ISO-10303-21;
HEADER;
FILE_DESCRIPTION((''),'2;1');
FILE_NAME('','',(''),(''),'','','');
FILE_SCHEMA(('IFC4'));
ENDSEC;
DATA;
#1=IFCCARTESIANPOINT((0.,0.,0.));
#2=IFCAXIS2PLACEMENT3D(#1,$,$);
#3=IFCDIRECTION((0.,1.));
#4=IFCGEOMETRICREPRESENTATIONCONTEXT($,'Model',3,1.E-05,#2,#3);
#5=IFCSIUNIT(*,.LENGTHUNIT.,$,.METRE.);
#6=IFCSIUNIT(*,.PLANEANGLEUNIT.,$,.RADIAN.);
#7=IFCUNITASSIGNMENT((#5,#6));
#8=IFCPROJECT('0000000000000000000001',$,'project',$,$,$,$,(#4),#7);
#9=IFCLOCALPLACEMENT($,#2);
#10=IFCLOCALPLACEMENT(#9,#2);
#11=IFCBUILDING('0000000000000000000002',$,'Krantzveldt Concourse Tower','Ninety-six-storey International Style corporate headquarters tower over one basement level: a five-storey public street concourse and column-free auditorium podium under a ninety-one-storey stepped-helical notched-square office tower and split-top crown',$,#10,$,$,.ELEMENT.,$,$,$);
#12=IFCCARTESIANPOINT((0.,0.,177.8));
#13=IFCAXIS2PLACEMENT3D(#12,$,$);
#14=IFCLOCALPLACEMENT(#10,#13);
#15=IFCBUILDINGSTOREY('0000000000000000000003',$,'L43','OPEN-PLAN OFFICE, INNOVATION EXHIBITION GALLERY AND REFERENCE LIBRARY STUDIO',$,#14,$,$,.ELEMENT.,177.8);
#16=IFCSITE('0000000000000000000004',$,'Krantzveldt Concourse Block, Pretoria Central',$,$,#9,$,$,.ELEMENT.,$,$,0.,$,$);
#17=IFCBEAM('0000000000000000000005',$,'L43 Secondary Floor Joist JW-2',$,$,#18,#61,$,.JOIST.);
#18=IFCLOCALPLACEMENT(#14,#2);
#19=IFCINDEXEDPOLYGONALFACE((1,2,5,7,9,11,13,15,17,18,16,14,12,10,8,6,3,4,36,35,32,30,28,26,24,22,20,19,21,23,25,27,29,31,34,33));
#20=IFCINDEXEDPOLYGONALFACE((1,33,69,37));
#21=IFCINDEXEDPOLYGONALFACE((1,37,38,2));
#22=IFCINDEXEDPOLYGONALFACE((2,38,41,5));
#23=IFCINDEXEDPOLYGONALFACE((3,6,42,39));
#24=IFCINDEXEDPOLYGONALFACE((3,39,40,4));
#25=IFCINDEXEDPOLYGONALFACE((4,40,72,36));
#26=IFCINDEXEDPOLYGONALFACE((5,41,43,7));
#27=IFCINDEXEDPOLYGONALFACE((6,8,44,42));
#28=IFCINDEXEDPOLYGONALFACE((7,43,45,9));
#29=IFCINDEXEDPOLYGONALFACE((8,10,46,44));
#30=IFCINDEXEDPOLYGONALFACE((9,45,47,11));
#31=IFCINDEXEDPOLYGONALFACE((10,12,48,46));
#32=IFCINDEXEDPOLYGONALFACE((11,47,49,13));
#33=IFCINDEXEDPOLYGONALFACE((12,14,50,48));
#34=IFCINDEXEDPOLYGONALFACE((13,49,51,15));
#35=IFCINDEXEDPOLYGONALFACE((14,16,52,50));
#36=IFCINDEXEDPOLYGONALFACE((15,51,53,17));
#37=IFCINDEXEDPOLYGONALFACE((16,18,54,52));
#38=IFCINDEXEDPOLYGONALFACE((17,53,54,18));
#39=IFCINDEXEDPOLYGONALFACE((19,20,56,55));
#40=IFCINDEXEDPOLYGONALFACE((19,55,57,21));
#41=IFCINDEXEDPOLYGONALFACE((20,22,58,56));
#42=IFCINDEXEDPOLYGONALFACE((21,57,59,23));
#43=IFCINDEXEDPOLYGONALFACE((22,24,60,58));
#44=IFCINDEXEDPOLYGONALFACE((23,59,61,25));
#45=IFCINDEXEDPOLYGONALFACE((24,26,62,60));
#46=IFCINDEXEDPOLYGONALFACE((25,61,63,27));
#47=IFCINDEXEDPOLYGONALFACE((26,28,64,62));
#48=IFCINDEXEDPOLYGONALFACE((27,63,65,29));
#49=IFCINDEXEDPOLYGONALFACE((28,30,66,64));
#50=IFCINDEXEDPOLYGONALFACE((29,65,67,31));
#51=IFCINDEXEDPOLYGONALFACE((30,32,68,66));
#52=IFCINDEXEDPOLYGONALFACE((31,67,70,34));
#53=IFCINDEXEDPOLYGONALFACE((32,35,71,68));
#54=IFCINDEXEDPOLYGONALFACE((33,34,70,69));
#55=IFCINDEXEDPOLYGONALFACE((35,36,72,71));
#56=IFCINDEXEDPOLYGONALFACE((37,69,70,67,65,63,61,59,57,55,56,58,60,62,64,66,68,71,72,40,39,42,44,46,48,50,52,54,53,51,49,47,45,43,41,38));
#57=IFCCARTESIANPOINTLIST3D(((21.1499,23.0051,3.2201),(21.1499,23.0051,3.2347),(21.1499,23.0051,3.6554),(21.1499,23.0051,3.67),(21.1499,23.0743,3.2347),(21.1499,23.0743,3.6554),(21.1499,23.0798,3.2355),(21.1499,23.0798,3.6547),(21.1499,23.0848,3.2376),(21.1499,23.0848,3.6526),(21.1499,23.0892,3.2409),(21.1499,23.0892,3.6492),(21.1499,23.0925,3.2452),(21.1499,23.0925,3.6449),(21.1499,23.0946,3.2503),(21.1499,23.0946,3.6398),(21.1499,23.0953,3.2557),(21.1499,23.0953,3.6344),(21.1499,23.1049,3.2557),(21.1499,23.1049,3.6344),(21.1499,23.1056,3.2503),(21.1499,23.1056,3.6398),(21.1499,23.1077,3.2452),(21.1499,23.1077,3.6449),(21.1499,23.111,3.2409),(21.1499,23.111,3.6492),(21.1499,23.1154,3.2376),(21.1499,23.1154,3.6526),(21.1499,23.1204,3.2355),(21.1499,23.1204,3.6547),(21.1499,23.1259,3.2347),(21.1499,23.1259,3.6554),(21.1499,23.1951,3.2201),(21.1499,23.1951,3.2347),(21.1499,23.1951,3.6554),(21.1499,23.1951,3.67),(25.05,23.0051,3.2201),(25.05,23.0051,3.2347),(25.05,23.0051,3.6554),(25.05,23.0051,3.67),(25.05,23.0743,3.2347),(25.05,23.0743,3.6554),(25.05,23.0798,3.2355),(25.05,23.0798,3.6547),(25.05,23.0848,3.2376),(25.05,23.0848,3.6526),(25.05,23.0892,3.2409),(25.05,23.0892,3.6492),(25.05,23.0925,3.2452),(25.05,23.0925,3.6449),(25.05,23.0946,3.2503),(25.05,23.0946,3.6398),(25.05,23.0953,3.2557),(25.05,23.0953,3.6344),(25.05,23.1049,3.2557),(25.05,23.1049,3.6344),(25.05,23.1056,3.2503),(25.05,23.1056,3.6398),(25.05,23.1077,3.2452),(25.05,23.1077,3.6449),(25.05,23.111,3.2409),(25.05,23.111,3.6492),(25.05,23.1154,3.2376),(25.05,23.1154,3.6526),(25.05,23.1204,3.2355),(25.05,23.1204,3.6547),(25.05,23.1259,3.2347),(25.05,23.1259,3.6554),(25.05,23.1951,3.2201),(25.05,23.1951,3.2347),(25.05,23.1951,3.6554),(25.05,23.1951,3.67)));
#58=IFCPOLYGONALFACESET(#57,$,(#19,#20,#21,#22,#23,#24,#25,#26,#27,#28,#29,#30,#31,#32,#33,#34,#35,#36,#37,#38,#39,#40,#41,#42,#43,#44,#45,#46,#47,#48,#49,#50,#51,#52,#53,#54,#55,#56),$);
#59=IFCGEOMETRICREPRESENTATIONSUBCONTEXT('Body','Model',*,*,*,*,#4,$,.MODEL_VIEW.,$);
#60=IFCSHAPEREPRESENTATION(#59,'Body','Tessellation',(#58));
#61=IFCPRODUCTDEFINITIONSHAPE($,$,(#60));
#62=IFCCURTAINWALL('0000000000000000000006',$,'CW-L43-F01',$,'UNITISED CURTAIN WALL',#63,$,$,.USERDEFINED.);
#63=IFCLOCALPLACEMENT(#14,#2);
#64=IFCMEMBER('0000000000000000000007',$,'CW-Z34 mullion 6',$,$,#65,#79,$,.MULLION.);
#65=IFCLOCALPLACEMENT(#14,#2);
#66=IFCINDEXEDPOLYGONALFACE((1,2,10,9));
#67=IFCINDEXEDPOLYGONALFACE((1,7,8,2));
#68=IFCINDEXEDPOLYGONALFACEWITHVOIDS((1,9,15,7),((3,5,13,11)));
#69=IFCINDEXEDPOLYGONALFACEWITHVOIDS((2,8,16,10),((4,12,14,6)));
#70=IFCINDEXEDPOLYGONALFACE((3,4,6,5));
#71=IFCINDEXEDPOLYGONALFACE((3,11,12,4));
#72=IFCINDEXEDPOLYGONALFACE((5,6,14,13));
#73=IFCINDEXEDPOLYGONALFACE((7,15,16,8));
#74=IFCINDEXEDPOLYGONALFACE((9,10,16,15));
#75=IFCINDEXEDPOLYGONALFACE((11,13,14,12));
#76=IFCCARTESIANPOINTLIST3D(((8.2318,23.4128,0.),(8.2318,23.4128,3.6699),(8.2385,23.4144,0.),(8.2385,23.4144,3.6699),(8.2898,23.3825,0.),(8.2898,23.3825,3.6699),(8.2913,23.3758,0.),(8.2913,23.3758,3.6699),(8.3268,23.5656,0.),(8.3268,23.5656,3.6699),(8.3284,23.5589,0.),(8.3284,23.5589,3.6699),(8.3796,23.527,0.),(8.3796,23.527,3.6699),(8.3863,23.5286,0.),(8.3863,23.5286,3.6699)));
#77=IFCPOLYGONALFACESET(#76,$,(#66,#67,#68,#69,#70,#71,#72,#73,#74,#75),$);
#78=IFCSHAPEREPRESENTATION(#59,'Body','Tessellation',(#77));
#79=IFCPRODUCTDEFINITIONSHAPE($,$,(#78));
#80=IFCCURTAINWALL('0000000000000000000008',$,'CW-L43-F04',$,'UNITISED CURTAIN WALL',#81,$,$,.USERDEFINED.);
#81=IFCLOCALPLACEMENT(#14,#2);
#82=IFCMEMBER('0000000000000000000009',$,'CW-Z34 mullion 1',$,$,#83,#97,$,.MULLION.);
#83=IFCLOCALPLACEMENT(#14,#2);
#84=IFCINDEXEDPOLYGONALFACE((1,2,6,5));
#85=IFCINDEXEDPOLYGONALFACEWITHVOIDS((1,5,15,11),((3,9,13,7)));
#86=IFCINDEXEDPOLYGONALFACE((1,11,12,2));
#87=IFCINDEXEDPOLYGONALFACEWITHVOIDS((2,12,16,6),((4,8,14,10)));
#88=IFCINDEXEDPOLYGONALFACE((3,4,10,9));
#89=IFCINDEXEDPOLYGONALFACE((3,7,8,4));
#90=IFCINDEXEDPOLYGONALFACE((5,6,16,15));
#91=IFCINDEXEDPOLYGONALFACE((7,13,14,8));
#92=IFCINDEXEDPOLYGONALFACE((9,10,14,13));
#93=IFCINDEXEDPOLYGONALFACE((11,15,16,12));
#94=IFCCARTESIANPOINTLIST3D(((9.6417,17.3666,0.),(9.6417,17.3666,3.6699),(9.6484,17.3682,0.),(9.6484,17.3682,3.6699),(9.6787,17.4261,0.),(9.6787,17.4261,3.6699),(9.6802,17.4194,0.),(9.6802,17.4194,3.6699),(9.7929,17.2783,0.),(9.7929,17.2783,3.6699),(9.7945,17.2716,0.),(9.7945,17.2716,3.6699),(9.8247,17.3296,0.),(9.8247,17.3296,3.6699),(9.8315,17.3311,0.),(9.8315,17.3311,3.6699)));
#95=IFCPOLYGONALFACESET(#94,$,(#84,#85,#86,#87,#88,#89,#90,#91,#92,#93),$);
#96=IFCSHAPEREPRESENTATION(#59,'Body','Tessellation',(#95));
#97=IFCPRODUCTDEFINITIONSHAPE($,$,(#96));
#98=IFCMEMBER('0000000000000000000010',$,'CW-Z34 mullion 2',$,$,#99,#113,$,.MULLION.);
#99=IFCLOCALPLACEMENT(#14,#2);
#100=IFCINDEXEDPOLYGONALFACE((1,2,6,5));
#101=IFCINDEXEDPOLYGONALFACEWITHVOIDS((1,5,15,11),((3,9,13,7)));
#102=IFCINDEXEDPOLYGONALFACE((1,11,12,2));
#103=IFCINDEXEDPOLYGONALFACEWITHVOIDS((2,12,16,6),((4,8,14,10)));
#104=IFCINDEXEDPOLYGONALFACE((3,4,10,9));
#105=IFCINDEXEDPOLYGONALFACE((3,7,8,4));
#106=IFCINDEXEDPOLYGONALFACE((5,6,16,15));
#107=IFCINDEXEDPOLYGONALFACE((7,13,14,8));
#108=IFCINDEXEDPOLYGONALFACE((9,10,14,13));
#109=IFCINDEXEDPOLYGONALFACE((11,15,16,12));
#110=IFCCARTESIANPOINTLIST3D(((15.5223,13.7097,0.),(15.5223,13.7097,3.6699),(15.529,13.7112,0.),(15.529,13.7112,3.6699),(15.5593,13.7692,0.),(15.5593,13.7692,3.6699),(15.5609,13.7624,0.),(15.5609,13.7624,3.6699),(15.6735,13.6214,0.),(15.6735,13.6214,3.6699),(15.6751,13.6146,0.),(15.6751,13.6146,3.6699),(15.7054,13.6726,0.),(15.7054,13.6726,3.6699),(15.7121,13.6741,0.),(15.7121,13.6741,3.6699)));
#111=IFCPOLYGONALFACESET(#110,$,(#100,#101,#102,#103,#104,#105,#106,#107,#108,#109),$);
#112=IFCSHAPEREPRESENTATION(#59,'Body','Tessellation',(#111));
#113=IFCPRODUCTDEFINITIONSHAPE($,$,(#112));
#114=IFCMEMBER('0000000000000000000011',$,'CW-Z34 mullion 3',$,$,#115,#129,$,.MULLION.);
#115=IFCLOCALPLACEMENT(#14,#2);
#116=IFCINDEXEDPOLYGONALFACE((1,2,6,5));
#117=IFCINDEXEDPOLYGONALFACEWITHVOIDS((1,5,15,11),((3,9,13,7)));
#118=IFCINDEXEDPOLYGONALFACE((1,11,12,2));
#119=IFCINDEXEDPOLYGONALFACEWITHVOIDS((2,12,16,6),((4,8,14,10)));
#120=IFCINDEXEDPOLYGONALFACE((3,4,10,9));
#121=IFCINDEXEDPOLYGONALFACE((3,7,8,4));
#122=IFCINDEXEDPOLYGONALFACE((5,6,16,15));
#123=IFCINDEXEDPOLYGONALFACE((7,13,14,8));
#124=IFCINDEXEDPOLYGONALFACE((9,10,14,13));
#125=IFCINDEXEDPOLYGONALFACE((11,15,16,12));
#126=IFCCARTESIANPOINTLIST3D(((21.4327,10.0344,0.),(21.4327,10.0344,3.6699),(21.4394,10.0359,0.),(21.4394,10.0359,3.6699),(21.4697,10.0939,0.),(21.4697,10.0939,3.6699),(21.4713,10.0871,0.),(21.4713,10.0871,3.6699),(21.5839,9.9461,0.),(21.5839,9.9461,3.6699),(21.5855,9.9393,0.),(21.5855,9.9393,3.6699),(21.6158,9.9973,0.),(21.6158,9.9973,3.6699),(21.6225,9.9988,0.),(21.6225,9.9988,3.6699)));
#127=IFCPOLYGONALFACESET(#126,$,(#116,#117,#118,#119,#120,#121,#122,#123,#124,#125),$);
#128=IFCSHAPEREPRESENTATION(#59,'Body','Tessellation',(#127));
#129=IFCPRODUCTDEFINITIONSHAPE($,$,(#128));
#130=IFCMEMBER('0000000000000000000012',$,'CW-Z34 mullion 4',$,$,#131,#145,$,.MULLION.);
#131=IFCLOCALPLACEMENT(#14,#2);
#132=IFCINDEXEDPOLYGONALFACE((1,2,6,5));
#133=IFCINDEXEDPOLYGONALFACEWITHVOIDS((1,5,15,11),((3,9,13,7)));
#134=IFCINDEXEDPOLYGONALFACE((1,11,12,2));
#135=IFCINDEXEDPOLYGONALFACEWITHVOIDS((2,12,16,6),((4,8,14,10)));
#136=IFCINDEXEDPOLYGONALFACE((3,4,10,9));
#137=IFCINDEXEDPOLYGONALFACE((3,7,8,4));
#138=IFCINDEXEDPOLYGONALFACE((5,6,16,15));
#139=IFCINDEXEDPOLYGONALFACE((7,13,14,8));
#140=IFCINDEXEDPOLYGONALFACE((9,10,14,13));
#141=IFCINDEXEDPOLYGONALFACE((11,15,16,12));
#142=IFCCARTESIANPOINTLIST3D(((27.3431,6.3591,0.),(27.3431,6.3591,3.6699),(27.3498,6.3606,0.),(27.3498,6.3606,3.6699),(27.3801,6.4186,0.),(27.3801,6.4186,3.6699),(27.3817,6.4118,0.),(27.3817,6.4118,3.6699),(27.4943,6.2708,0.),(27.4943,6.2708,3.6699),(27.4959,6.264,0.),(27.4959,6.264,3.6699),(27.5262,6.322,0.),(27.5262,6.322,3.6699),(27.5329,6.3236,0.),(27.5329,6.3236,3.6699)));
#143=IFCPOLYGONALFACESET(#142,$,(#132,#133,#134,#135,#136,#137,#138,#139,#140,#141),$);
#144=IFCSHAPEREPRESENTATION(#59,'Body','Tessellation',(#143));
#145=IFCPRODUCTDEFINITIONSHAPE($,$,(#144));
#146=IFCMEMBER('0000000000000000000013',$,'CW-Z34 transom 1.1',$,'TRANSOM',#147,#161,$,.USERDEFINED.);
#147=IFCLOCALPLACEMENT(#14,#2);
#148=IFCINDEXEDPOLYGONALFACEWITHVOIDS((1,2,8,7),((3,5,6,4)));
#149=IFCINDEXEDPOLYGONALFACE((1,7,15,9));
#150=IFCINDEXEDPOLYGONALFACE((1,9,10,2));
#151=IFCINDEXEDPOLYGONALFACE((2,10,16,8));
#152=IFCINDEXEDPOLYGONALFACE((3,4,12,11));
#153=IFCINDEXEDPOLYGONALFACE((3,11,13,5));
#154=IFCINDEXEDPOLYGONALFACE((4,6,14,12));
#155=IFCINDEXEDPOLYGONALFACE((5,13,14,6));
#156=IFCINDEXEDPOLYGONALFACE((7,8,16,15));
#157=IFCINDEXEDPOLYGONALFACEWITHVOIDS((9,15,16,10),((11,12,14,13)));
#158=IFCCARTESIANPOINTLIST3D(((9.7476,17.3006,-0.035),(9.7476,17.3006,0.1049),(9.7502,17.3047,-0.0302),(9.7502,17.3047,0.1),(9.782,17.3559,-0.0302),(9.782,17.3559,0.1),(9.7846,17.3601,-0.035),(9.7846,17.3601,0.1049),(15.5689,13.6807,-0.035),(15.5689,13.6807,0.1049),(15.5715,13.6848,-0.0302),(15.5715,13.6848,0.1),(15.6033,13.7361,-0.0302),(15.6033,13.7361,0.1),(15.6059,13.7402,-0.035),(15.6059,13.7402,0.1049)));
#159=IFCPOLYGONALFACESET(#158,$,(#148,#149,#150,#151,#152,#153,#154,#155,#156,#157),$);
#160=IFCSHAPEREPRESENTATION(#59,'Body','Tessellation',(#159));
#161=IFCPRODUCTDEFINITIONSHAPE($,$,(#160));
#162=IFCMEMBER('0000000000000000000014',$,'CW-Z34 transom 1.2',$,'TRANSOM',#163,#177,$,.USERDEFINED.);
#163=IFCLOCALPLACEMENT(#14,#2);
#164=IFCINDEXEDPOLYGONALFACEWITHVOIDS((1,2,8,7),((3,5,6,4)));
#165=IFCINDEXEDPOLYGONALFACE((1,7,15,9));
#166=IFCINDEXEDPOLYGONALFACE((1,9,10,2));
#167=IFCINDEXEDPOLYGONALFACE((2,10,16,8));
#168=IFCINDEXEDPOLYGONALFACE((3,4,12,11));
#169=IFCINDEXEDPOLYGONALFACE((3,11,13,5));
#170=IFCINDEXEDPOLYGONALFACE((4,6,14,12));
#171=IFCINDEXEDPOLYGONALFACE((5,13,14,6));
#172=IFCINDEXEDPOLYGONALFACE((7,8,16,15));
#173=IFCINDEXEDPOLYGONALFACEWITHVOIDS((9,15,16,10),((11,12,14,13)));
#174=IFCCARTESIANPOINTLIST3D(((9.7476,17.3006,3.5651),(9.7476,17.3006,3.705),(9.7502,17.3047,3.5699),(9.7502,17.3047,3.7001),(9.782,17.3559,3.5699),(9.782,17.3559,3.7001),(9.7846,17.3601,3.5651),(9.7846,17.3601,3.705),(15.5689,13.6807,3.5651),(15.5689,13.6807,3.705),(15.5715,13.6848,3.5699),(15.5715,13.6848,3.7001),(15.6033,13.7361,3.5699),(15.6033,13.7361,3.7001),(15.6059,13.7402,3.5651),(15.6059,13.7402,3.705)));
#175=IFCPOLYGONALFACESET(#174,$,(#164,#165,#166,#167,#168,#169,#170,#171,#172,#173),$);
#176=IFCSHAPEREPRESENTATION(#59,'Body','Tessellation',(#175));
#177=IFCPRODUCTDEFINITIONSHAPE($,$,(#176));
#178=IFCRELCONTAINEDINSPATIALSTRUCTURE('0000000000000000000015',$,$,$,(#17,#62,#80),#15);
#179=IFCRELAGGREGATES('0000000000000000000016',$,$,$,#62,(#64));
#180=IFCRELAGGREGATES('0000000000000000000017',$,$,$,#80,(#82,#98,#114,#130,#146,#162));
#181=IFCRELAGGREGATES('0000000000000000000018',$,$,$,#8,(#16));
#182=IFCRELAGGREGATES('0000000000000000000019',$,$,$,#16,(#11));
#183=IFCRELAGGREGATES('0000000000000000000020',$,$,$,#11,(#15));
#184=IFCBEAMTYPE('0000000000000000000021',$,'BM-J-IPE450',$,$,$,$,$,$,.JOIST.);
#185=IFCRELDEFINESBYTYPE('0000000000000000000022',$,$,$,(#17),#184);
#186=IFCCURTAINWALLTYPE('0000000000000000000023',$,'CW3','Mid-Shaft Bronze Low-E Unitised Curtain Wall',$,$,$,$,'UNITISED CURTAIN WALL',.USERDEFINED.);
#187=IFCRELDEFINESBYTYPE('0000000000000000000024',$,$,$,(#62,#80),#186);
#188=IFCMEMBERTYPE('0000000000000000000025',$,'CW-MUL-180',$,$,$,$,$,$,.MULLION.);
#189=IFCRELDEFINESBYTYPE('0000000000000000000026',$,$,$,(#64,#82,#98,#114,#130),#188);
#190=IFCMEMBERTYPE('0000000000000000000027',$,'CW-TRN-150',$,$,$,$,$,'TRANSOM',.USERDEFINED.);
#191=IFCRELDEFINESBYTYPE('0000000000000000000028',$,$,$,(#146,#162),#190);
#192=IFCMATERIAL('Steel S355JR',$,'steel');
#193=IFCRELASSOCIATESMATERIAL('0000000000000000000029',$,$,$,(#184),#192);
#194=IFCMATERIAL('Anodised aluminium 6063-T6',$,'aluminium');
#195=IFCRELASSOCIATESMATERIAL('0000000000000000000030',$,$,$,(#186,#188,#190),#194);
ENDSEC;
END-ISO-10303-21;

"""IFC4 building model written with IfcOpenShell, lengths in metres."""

from ifc_helpers import new_model, si_unit, direction, frame, origin, origin_2d, place, context, subcontext, project, spatial, hollow_rectangle, i_section, extrude, source, transform, mapped, material, material_profile, profile_set, type_object, type_shapes, element, aggregate, save


model = new_model("IFC4")

# Units and contexts
model_context = context("Model", 3, precision=1e-05, world=origin(), true_north=direction((0.0, 1.0)))
body_context = subcontext(model_context, "Body", "Model", "MODEL_VIEW")
ifc_project = project(units=[si_unit("LENGTHUNIT", "METRE"), si_unit("PLANEANGLEUNIT", "RADIAN")], contexts=[model_context])

# Site, building, storey
site_placement = place(None, origin())
site = spatial("IfcSite", under=ifc_project, at=site_placement, Name="Krantzveldt Concourse Block, Pretoria Central", CompositionType="ELEMENT", RefElevation=0.0)
building_placement = place(site_placement, origin())
building = spatial("IfcBuilding", under=site, at=building_placement, Name="Krantzveldt Concourse Tower", Description="Ninety-six-storey International Style corporate headquarters tower over one basement level: a five-storey public street concourse and column-free auditorium podium under a ninety-one-storey stepped-helical notched-square office tower and split-top crown", CompositionType="ELEMENT")
storey_placement = place(building_placement, frame((0.0, 0.0, 177.8)))
storey = spatial("IfcBuildingStorey", under=building, at=storey_placement, Name="L43", Description="OPEN-PLAN OFFICE, INNOVATION EXHIBITION GALLERY AND REFERENCE LIBRARY STUDIO", CompositionType="ELEMENT", Elevation=177.8)

# Beam
ifc_material_1 = material(Name="Steel S355JR", Category="steel")
ifc_material_profile_1 = material_profile(ifc_material_1, i_section(OverallWidth=0.1899, OverallDepth=0.45, WebThickness=0.0095, FlangeThickness=0.0146, FilletRadius=0.021, at=origin_2d()), Name="Steel S355JR", Category="steel")
ifc_profile_set_1 = profile_set([ifc_material_profile_1], Name="Steel S355JR - IPE 450")
beam_type_1 = type_object("IfcBeamType", Name="BM-J-IPE450", PredefinedType="JOIST", material=ifc_profile_set_1)
shared_shape_1 = source(origin(), body_context, "Body", "SweptSolid", [
    extrude(i_section(OverallWidth=0.1899, OverallDepth=0.45, WebThickness=0.0095, FlangeThickness=0.0146, FilletRadius=0.021, at=origin_2d()), origin(), (0.0, 0.0, 1.0), 3.9001),
])
type_shapes(beam_type_1, [shared_shape_1])
for number, where, z_axis, x_axis, name in (
    (1, (21.1499, 23.1001, 3.4451), (1.0, 0.0, 0.0), (0.0, 1.0, 0.0), "L43 Secondary Floor Joist JW-2"),
):
    element("IfcBeam", number, at=place(storey_placement, frame(where, z_axis=z_axis, x_axis=x_axis)), inside=storey, type_object=beam_type_1, Name=name, PredefinedType="JOIST", context=body_context, shape_type="MappedRepresentation", body=[
        mapped(shared_shape_1, transform((0.0, 0.0, 0.0), x_axis=(1.0, 0.0, 0.0), y_axis=(0.0, 1.0, 0.0), z_axis=(0.0, 0.0, 1.0), scale=1.0)),
    ])

# Curtain wall, member
ifc_material_2 = material(Name="Anodised aluminium 6063-T6", Category="aluminium")
curtain_wall_type = type_object("IfcCurtainWallType", Name="CW3", Description="Mid-Shaft Bronze Low-E Unitised Curtain Wall", ElementType="UNITISED CURTAIN WALL", PredefinedType="USERDEFINED", material=ifc_material_2)
curtain_wall_1_placement = place(storey_placement, origin())
curtain_wall_1 = element("IfcCurtainWall", 2, at=curtain_wall_1_placement, inside=storey, type_object=curtain_wall_type, Name="CW-L43-F01", ObjectType="UNITISED CURTAIN WALL", PredefinedType="USERDEFINED")
ifc_material_profile_2 = material_profile(ifc_material_2, hollow_rectangle(XDim=0.0701, YDim=0.1799, WallThickness=0.0049, at=origin_2d()), Name="Anodised aluminium 6063-T6", Category="aluminium")
ifc_profile_set_2 = profile_set([ifc_material_profile_2], Name="Anodised aluminium 6063-T6 - ALU-MULL 180x70x5")
member_type_1 = type_object("IfcMemberType", Name="CW-MUL-180", PredefinedType="MULLION", material=ifc_profile_set_2)
shared_shape_2 = source(origin(), body_context, "Body", "SweptSolid", [
    extrude(hollow_rectangle(XDim=0.0701, YDim=0.1799, WallThickness=0.0049, at=origin_2d()), origin(), (0.0, 0.0, 1.0), 3.6699),
])
type_shapes(member_type_1, [shared_shape_2])
member_1_placement = place(storey_placement, frame((8.3091, 23.4707, 0.0), z_axis=(0.0, 0.0, 1.0), x_axis=(0.849202, -0.528068, 0.0)))
member_1 = element("IfcMember", 3, at=member_1_placement, type_object=member_type_1, Name="CW-Z34 mullion 6", PredefinedType="MULLION", context=body_context, shape_type="MappedRepresentation", body=[
    mapped(shared_shape_2, transform((0.0, 0.0, 0.0), x_axis=(1.0, 0.0, 0.0), y_axis=(0.0, 1.0, 0.0), z_axis=(0.0, 0.0, 1.0), scale=1.0)),
])
aggregate(curtain_wall_1, [member_1])

# Curtain wall, members
curtain_wall_2_placement = place(storey_placement, origin())
curtain_wall_2 = element("IfcCurtainWall", 4, at=curtain_wall_2_placement, inside=storey, type_object=curtain_wall_type, Name="CW-L43-F04", ObjectType="UNITISED CURTAIN WALL", PredefinedType="USERDEFINED")
member_2_placement = place(storey_placement, frame((9.7366, 17.3489, 0.0), z_axis=(0.0, 0.0, 1.0), x_axis=(0.528068, 0.849202, 0.0)))
member_2 = element("IfcMember", 5, at=member_2_placement, type_object=member_type_1, Name="CW-Z34 mullion 1", PredefinedType="MULLION", context=body_context, shape_type="MappedRepresentation", body=[
    mapped(shared_shape_2, transform((0.0, 0.0, 0.0), x_axis=(1.0, 0.0, 0.0), y_axis=(0.0, 1.0, 0.0), z_axis=(0.0, 0.0, 1.0), scale=1.0)),
])
member_3_placement = place(storey_placement, frame((15.6172, 13.6919, 0.0), z_axis=(0.0, 0.0, 1.0), x_axis=(0.528068, 0.849202, 0.0)))
member_3 = element("IfcMember", 6, at=member_3_placement, type_object=member_type_1, Name="CW-Z34 mullion 2", PredefinedType="MULLION", context=body_context, shape_type="MappedRepresentation", body=[
    mapped(shared_shape_2, transform((0.0, 0.0, 0.0), x_axis=(1.0, 0.0, 0.0), y_axis=(0.0, 1.0, 0.0), z_axis=(0.0, 0.0, 1.0), scale=1.0)),
])
member_4_placement = place(storey_placement, frame((21.5276, 10.0166, 0.0), z_axis=(0.0, 0.0, 1.0), x_axis=(0.528068, 0.849202, 0.0)))
member_4 = element("IfcMember", 7, at=member_4_placement, type_object=member_type_1, Name="CW-Z34 mullion 3", PredefinedType="MULLION", context=body_context, shape_type="MappedRepresentation", body=[
    mapped(shared_shape_2, transform((0.0, 0.0, 0.0), x_axis=(1.0, 0.0, 0.0), y_axis=(0.0, 1.0, 0.0), z_axis=(0.0, 0.0, 1.0), scale=1.0)),
])
member_5_placement = place(storey_placement, frame((27.438, 6.3413, 0.0), z_axis=(0.0, 0.0, 1.0), x_axis=(0.528068, 0.849202, 0.0)))
member_5 = element("IfcMember", 8, at=member_5_placement, type_object=member_type_1, Name="CW-Z34 mullion 4", PredefinedType="MULLION", context=body_context, shape_type="MappedRepresentation", body=[
    mapped(shared_shape_2, transform((0.0, 0.0, 0.0), x_axis=(1.0, 0.0, 0.0), y_axis=(0.0, 1.0, 0.0), z_axis=(0.0, 0.0, 1.0), scale=1.0)),
])
ifc_material_profile_3 = material_profile(ifc_material_2, hollow_rectangle(XDim=0.0701, YDim=0.1399, WallThickness=0.0049, at=origin_2d()), Name="Anodised aluminium 6063-T6", Category="aluminium")
ifc_profile_set_3 = profile_set([ifc_material_profile_3], Name="Anodised aluminium 6063-T6 - ALU-TRAN 140x70x5")
member_type_2 = type_object("IfcMemberType", Name="CW-TRN-150", ElementType="TRANSOM", PredefinedType="USERDEFINED", material=ifc_profile_set_3)
shared_shape_3 = source(origin(), body_context, "Body", "SweptSolid", [
    extrude(hollow_rectangle(XDim=0.0701, YDim=0.1399, WallThickness=0.0049, at=origin_2d()), origin(), (0.0, 0.0, 1.0), 6.855),
])
member_6_placement = place(storey_placement, frame((9.7661, 17.3303, 0.0349), z_axis=(0.849205, -0.528064, 0.0), x_axis=(0.528064, 0.849205, 0.0)))
member_6 = element("IfcMember", 9, at=member_6_placement, type_object=member_type_2, Name="CW-Z34 transom 1.1", ObjectType="TRANSOM", PredefinedType="USERDEFINED", context=body_context, shape_type="MappedRepresentation", body=[
    mapped(shared_shape_3, transform((0.0, 0.0, 0.0), x_axis=(1.0, 0.0, 0.0), y_axis=(0.0, 1.0, 0.0), z_axis=(0.0, 0.0, 1.0), scale=1.0)),
])
member_7_placement = place(storey_placement, frame((9.7661, 17.3303, 3.635), z_axis=(0.849205, -0.528064, 0.0), x_axis=(0.528064, 0.849205, 0.0)))
member_7 = element("IfcMember", 10, at=member_7_placement, type_object=member_type_2, Name="CW-Z34 transom 1.2", ObjectType="TRANSOM", PredefinedType="USERDEFINED", context=body_context, shape_type="MappedRepresentation", body=[
    mapped(shared_shape_3, transform((0.0, 0.0, 0.0), x_axis=(1.0, 0.0, 0.0), y_axis=(0.0, 1.0, 0.0), z_axis=(0.0, 0.0, 1.0), scale=1.0)),
])

aggregate(curtain_wall_2, [member_2, member_3, member_4, member_5, member_6, member_7])

save(model, "model.ifc")
